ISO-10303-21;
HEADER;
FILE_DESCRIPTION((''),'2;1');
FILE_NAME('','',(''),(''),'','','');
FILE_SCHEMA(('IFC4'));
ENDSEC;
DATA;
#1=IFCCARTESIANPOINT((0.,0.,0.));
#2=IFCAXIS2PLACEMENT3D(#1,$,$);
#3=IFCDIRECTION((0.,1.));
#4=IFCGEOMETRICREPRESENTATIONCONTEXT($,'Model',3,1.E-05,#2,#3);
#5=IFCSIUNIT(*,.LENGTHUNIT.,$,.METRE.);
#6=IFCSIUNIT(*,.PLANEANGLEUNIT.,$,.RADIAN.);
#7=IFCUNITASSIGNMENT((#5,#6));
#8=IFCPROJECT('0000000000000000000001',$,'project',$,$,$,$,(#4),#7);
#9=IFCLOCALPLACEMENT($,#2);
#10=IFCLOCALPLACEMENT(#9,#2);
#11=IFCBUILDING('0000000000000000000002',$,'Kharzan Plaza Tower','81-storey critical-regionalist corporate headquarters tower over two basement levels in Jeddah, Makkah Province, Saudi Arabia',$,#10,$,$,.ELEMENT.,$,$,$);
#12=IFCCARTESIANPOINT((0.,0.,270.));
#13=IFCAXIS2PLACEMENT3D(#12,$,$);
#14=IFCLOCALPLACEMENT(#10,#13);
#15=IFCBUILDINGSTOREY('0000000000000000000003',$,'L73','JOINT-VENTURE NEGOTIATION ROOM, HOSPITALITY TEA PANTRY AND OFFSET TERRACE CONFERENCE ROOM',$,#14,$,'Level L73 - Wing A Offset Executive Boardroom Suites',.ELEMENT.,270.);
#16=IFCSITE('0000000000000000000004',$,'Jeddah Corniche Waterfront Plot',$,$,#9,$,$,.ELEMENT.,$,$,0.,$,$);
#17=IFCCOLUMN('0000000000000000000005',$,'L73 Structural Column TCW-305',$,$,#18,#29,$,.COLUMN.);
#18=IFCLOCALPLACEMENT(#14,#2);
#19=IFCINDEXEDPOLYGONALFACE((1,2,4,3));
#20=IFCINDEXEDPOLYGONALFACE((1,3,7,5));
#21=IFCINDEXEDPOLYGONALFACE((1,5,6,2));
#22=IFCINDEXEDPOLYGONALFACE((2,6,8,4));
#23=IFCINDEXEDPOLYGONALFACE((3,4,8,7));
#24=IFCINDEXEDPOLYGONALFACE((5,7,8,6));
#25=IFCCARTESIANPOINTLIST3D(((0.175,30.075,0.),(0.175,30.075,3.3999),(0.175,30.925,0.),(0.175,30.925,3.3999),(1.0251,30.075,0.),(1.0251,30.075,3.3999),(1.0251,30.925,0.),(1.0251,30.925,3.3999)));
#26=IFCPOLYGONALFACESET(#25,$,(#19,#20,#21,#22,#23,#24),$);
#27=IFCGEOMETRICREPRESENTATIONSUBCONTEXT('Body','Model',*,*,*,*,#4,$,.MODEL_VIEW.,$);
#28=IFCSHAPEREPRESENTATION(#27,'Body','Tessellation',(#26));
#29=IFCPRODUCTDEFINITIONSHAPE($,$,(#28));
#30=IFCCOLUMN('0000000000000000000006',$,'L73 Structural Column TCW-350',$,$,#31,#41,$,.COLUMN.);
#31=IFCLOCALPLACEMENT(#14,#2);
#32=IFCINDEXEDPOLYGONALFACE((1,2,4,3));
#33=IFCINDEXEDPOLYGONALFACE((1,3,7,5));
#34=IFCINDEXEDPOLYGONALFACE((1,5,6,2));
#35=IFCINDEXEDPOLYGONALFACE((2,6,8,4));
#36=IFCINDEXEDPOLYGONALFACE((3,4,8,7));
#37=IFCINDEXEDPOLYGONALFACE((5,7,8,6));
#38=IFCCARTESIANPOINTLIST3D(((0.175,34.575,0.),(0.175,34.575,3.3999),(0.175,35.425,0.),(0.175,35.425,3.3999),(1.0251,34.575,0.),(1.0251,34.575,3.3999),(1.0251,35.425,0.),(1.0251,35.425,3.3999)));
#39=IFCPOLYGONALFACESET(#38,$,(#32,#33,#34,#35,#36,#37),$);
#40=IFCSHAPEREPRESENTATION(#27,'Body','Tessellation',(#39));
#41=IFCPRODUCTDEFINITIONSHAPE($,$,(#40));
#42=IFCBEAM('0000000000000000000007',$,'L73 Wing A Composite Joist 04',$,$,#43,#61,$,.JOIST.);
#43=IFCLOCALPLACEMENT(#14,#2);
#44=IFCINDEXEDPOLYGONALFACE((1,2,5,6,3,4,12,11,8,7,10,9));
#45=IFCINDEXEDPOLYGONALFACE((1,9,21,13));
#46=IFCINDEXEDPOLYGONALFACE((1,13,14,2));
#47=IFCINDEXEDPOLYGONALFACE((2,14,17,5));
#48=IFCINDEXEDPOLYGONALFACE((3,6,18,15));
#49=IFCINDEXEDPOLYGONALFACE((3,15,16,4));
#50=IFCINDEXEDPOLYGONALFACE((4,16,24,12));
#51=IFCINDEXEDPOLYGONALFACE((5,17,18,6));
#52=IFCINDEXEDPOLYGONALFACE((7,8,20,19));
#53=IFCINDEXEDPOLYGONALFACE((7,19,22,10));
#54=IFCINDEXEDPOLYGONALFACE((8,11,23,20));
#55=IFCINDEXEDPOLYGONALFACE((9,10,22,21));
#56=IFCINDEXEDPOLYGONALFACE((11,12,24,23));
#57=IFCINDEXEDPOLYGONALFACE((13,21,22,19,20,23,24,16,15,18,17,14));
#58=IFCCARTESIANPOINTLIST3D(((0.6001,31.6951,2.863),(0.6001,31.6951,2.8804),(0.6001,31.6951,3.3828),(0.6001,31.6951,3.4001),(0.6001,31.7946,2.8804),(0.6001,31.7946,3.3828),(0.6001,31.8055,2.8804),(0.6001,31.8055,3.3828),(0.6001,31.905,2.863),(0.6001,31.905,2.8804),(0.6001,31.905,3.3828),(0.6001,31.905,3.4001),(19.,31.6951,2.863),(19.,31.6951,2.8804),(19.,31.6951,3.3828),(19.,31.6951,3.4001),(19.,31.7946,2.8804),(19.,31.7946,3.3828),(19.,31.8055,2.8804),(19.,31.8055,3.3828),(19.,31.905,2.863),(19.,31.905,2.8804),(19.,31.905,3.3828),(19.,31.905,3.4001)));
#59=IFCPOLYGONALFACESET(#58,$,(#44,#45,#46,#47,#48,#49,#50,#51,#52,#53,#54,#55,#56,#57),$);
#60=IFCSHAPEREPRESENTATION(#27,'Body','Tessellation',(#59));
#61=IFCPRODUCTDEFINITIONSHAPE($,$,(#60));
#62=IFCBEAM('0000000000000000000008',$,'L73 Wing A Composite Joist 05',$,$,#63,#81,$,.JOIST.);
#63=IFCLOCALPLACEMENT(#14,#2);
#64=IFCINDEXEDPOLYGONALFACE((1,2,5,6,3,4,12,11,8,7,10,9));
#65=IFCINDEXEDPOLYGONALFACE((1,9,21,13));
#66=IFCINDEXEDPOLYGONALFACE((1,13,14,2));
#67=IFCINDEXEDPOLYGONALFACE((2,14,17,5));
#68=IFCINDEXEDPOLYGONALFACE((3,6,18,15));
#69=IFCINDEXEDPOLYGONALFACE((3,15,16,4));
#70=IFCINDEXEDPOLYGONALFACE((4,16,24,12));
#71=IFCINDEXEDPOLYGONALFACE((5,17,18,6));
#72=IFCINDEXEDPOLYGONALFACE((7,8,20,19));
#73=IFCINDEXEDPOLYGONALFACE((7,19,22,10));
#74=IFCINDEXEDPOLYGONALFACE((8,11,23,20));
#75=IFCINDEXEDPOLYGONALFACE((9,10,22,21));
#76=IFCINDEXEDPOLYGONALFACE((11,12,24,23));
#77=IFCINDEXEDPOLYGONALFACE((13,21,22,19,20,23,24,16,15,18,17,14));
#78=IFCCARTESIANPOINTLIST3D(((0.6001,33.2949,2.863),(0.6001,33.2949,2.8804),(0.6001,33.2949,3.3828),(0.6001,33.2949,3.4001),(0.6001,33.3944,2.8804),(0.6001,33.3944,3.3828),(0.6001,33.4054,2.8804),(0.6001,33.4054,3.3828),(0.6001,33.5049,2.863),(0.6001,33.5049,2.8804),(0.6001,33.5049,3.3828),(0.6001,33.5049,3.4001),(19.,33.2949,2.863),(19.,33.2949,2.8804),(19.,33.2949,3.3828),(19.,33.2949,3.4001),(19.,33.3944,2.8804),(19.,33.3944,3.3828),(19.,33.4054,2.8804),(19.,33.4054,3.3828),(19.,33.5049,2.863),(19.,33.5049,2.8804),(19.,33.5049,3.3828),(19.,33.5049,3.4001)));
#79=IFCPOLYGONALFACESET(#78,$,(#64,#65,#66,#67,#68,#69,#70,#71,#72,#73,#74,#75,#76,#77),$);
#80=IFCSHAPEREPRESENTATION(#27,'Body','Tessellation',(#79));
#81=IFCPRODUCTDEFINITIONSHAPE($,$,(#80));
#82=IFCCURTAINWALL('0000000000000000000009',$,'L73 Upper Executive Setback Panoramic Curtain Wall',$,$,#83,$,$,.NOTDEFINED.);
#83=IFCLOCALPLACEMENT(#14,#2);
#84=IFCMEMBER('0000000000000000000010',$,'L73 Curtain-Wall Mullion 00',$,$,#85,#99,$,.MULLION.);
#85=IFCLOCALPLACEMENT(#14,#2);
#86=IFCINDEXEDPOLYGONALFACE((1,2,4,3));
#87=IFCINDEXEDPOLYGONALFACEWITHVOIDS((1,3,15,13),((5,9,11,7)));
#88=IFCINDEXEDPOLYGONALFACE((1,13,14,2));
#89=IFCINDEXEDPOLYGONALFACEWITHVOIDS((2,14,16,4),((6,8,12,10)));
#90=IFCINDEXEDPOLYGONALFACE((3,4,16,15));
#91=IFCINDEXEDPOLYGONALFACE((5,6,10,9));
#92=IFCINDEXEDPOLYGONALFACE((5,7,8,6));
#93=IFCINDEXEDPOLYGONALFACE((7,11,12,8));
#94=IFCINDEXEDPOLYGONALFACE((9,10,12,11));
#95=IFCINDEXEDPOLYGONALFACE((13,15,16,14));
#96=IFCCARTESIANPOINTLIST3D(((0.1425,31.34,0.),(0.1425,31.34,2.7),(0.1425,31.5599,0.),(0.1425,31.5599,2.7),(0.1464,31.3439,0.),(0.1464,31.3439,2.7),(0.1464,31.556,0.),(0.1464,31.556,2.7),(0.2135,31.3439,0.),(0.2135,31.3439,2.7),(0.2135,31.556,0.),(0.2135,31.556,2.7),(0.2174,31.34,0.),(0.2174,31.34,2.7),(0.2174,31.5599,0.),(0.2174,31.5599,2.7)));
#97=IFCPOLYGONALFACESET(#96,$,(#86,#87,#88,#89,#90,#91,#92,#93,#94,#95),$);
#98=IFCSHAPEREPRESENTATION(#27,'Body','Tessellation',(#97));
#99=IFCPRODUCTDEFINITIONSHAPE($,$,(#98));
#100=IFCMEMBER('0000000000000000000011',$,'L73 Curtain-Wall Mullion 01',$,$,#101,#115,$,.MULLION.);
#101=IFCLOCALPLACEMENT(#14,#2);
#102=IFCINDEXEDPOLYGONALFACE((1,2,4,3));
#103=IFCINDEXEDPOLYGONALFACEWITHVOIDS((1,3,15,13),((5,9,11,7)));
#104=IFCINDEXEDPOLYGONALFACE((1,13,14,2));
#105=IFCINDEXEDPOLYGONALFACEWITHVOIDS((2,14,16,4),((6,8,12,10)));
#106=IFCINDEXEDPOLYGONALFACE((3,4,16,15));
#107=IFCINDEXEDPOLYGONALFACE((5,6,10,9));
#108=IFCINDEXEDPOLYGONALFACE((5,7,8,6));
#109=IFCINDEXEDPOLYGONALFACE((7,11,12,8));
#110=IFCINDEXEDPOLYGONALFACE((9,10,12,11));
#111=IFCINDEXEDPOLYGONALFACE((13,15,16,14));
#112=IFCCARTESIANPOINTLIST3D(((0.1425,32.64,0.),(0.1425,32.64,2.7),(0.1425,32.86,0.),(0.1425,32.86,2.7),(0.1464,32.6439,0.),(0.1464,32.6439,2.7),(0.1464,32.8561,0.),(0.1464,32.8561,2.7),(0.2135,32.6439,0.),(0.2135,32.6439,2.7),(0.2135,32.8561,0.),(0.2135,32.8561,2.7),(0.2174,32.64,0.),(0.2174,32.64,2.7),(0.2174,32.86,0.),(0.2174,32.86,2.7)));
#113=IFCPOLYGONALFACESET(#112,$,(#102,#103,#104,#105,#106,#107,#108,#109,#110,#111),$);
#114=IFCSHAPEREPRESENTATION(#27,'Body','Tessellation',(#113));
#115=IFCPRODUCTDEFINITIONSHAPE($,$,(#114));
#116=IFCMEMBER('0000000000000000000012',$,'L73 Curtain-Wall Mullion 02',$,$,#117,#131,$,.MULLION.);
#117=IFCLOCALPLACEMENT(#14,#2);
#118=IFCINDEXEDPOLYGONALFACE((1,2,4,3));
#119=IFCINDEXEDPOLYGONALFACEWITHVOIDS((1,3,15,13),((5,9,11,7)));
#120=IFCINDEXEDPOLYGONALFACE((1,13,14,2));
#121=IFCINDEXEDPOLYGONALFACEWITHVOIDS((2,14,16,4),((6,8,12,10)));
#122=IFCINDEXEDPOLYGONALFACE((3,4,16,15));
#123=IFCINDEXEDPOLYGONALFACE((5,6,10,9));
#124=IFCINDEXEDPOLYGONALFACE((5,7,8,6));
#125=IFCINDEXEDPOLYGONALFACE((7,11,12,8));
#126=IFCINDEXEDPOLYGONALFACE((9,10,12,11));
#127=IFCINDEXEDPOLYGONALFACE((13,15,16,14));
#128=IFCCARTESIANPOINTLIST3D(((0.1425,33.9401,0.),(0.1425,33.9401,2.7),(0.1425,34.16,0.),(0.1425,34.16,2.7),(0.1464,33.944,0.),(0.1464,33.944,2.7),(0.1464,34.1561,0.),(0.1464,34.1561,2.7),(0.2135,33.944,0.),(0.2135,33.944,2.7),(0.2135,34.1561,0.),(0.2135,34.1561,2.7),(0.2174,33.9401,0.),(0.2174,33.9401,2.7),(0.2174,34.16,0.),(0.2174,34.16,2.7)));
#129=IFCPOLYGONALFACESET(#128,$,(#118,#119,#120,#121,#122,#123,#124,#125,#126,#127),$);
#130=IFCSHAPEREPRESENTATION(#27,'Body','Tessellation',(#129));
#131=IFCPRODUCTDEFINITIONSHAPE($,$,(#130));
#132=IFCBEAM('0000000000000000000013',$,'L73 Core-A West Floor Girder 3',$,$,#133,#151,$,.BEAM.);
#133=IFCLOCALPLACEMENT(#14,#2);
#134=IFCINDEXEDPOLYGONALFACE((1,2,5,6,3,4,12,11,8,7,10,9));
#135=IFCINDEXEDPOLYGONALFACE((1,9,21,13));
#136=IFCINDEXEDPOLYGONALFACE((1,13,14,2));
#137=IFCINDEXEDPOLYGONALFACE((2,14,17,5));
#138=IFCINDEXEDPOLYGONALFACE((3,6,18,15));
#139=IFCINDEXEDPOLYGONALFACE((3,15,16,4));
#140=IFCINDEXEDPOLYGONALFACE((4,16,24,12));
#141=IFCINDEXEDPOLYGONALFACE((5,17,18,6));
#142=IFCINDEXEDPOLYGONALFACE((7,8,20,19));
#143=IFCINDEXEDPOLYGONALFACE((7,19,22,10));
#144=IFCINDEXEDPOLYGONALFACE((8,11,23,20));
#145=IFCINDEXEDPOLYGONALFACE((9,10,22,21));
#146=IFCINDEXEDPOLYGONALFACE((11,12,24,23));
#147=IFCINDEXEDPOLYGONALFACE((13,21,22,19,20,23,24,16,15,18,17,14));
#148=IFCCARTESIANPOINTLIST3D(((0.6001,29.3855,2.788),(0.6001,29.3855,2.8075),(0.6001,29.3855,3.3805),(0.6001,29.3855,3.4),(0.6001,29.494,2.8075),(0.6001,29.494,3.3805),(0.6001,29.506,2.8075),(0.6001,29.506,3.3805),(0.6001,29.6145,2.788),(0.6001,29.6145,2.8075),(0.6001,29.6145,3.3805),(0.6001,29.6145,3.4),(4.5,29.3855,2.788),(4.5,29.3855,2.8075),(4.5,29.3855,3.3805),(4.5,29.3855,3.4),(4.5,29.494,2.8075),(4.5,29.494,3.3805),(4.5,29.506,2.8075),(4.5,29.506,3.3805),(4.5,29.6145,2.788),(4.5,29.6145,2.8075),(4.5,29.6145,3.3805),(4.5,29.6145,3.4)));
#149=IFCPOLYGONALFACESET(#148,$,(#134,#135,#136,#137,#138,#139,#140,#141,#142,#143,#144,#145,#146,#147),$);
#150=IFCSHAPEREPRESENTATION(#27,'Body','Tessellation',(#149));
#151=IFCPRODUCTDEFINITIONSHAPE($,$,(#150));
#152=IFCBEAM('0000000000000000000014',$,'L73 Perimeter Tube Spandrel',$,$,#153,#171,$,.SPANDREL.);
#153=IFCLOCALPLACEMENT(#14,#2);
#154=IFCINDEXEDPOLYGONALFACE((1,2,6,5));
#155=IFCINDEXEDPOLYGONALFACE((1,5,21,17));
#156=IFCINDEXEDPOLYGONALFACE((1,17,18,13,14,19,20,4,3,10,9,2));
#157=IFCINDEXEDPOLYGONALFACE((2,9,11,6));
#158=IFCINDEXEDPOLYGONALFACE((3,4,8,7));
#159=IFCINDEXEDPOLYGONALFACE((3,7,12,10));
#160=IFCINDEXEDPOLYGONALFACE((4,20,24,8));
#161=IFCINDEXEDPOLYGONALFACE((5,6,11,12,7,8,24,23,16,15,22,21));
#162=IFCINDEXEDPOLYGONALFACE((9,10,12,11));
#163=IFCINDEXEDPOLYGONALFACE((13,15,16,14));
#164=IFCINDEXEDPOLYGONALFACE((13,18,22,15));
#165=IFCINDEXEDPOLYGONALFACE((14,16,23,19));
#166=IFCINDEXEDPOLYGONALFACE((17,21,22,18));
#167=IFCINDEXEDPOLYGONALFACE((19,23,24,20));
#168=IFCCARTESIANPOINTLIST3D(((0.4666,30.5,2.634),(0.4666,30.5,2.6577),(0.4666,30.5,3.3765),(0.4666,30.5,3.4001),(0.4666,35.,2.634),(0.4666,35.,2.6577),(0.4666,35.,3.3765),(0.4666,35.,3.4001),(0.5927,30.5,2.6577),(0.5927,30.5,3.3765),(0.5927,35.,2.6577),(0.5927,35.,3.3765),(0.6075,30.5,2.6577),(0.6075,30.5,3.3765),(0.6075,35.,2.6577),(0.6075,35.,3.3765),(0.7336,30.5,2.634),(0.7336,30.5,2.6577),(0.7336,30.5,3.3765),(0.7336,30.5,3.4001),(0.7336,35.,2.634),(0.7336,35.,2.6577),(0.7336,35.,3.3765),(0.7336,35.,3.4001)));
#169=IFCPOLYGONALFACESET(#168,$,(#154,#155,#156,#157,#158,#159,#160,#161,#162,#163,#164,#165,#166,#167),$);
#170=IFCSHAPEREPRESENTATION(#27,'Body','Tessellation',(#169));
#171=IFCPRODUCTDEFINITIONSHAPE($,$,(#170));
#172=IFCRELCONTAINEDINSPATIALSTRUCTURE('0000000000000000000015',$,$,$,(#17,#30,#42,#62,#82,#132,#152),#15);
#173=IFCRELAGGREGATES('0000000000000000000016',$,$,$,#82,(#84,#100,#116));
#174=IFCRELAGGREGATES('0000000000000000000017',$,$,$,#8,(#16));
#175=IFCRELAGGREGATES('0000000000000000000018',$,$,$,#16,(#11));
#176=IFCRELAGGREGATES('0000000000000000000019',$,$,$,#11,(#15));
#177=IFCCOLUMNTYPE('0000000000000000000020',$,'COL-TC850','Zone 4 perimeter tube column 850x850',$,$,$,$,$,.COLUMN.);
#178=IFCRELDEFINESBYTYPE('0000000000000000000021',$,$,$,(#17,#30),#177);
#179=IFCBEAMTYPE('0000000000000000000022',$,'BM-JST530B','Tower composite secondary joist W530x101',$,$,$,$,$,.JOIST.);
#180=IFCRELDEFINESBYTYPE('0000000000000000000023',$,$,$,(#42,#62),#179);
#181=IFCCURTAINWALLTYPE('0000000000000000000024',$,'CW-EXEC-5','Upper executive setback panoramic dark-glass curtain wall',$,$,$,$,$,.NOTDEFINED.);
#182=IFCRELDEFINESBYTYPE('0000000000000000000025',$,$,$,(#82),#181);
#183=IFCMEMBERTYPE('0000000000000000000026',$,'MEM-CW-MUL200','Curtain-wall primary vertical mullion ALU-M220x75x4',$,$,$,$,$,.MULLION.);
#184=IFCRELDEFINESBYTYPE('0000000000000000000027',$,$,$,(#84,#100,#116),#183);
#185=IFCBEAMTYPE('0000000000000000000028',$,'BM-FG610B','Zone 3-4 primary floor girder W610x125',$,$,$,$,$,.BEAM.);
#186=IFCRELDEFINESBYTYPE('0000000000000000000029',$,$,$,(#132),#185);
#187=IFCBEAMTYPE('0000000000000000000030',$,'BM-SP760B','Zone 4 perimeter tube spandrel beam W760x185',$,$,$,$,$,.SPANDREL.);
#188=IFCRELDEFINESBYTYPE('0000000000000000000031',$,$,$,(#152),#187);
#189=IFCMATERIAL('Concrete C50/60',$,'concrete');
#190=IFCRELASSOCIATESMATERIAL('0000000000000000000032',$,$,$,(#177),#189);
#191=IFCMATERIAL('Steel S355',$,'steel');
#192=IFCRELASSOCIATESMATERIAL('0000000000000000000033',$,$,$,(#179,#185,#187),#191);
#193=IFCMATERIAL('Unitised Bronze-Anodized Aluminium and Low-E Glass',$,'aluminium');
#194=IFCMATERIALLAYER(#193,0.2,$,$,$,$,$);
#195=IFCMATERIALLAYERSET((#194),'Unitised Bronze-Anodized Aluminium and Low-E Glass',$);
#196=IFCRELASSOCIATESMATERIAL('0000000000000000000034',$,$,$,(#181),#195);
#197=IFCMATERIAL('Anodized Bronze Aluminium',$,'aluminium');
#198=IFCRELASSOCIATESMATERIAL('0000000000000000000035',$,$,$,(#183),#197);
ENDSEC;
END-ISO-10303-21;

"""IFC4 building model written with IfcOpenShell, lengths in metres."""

from ifc_helpers import new_model, si_unit, direction, frame, origin, origin_2d, place, context, subcontext, project, spatial, rectangle, hollow_rectangle, i_section, extrude, source, transform, mapped, material, layer, layer_set, material_profile, profile_set, type_object, element, aggregate, save


model = new_model("IFC4")

# Units and contexts
model_context = context("Model", 3, precision=1e-05, world=origin(), true_north=direction((0.0, 1.0)))
body_context = subcontext(model_context, "Body", "Model", "MODEL_VIEW")
ifc_project = project(units=[si_unit("LENGTHUNIT", "METRE"), si_unit("PLANEANGLEUNIT", "RADIAN")], contexts=[model_context])

# Site, building, storey
site_placement = place(None, origin())
site = spatial("IfcSite", under=ifc_project, at=site_placement, Name="Jeddah Corniche Waterfront Plot", CompositionType="ELEMENT", RefElevation=0.0)
building_placement = place(site_placement, origin())
building = spatial("IfcBuilding", under=site, at=building_placement, Name="Kharzan Plaza Tower", Description="81-storey critical-regionalist corporate headquarters tower over two basement levels in Jeddah, Makkah Province, Saudi Arabia", CompositionType="ELEMENT")
storey_placement = place(building_placement, frame((0.0, 0.0, 270.0)))
storey = spatial("IfcBuildingStorey", under=building, at=storey_placement, Name="L73", Description="JOINT-VENTURE NEGOTIATION ROOM, HOSPITALITY TEA PANTRY AND OFFSET TERRACE CONFERENCE ROOM", LongName="Level L73 - Wing A Offset Executive Boardroom Suites", CompositionType="ELEMENT", Elevation=270.0)

# Columns
ifc_material_1 = material(Name="Concrete C50/60", Category="concrete")
ifc_material_profile_1 = material_profile(ifc_material_1, rectangle(XDim=0.8501, YDim=0.8501, at=origin_2d()), Name="RC-TC850x850")
ifc_profile_set_1 = profile_set([ifc_material_profile_1], Name="Concrete C50/60")
column_type = type_object("IfcColumnType", Name="COL-TC850", Description="Zone 4 perimeter tube column 850x850", PredefinedType="COLUMN", material=ifc_profile_set_1)
shared_shape_1 = source(origin(), body_context, "Body", "SweptSolid", [
    extrude(rectangle(XDim=0.8501, YDim=0.8501, at=origin_2d()), origin(), (0.0, 0.0, 1.0), 3.3999),
])
for number, where, z_axis, x_axis, name in (
    (1, (0.6001, 30.5, 0.0), (0.0, 0.0, 1.0), (1.0, 0.0, 0.0), "L73 Structural Column TCW-305"),
    (2, (0.6001, 35.0, 0.0), (0.0, 0.0, 1.0), (1.0, 0.0, 0.0), "L73 Structural Column TCW-350"),
):
    element("IfcColumn", number, at=place(storey_placement, frame(where, z_axis=z_axis, x_axis=x_axis)), inside=storey, type_object=column_type, Name=name, PredefinedType="COLUMN", context=body_context, shape_type="MappedRepresentation", body=[
        mapped(shared_shape_1, transform((0.0, 0.0, 0.0), x_axis=(1.0, 0.0, 0.0), y_axis=(0.0, 1.0, 0.0), z_axis=(0.0, 0.0, 1.0))),
    ])

# Beams
ifc_material_2 = material(Name="Steel S355", Category="steel")
ifc_material_profile_2 = material_profile(ifc_material_2, i_section(OverallWidth=0.21, OverallDepth=0.5371, WebThickness=0.011, FlangeThickness=0.0173, at=origin_2d()), Name="W530x101")
ifc_profile_set_2 = profile_set([ifc_material_profile_2], Name="Steel S355")
beam_type_1 = type_object("IfcBeamType", Name="BM-JST530B", Description="Tower composite secondary joist W530x101", PredefinedType="JOIST", material=ifc_profile_set_2)
shared_shape_2 = source(origin(), body_context, "Body", "SweptSolid", [
    extrude(i_section(OverallWidth=0.21, OverallDepth=0.5371, WebThickness=0.011, FlangeThickness=0.0173, at=origin_2d()), origin(), (0.0, 0.0, 1.0), 18.3999),
])
for number, where, z_axis, x_axis, name in (
    (3, (0.6001, 31.8, 3.1316), (1.0, 0.0, 0.0), (0.0, 1.0, 0.0), "L73 Wing A Composite Joist 04"),
    (4, (0.6001, 33.3999, 3.1316), (1.0, 0.0, 0.0), (0.0, 1.0, 0.0), "L73 Wing A Composite Joist 05"),
):
    element("IfcBeam", number, at=place(storey_placement, frame(where, z_axis=z_axis, x_axis=x_axis)), inside=storey, type_object=beam_type_1, Name=name, PredefinedType="JOIST", context=body_context, shape_type="MappedRepresentation", body=[
        mapped(shared_shape_2, transform((0.0, 0.0, 0.0), x_axis=(1.0, 0.0, 0.0), y_axis=(0.0, 1.0, 0.0), z_axis=(0.0, 0.0, 1.0))),
    ])

# Curtain wall, members
ifc_material_3 = material(Name="Unitised Bronze-Anodized Aluminium and Low-E Glass", Category="aluminium")
ifc_layer_1 = layer(ifc_material_3, 0.2)
ifc_layer_set_1 = layer_set([ifc_layer_1], Name="Unitised Bronze-Anodized Aluminium and Low-E Glass")
curtain_wall_type = type_object("IfcCurtainWallType", Name="CW-EXEC-5", Description="Upper executive setback panoramic dark-glass curtain wall", PredefinedType="NOTDEFINED", material=ifc_layer_set_1)
curtain_wall_placement = place(storey_placement, origin())
curtain_wall = element("IfcCurtainWall", 5, at=curtain_wall_placement, inside=storey, type_object=curtain_wall_type, Name="L73 Upper Executive Setback Panoramic Curtain Wall", PredefinedType="NOTDEFINED")
ifc_material_4 = material(Name="Anodized Bronze Aluminium", Category="aluminium")
ifc_material_profile_3 = material_profile(ifc_material_4, hollow_rectangle(XDim=0.075, YDim=0.22, WallThickness=0.0039, at=origin_2d()), Name="ALU-M220x75x4")
ifc_profile_set_3 = profile_set([ifc_material_profile_3], Name="Anodized Bronze Aluminium")
member_type_1 = type_object("IfcMemberType", Name="MEM-CW-MUL200", Description="Curtain-wall primary vertical mullion ALU-M220x75x4", PredefinedType="MULLION", material=ifc_profile_set_3)
shared_shape_3 = source(origin(), body_context, "Body", "SweptSolid", [
    extrude(hollow_rectangle(XDim=0.075, YDim=0.22, WallThickness=0.0039, at=origin_2d()), origin(), (0.0, 0.0, 1.0), 2.7),
])
member_1_placement = place(storey_placement, frame((0.1799, 31.45, 0.0), z_axis=(0.0, 0.0, 1.0), x_axis=(1.0, 0.0, 0.0)))
member_1 = element("IfcMember", 6, at=member_1_placement, type_object=member_type_1, Name="L73 Curtain-Wall Mullion 00", PredefinedType="MULLION", context=body_context, shape_type="MappedRepresentation", body=[
    mapped(shared_shape_3, transform((0.0, 0.0, 0.0), x_axis=(1.0, 0.0, 0.0), y_axis=(0.0, 1.0, 0.0), z_axis=(0.0, 0.0, 1.0))),
])
member_2_placement = place(storey_placement, frame((0.1799, 32.75, 0.0), z_axis=(0.0, 0.0, 1.0), x_axis=(1.0, 0.0, 0.0)))
member_2 = element("IfcMember", 7, at=member_2_placement, type_object=member_type_1, Name="L73 Curtain-Wall Mullion 01", PredefinedType="MULLION", context=body_context, shape_type="MappedRepresentation", body=[
    mapped(shared_shape_3, transform((0.0, 0.0, 0.0), x_axis=(1.0, 0.0, 0.0), y_axis=(0.0, 1.0, 0.0), z_axis=(0.0, 0.0, 1.0))),
])
member_3_placement = place(storey_placement, frame((0.1799, 34.05, 0.0), z_axis=(0.0, 0.0, 1.0), x_axis=(1.0, 0.0, 0.0)))
member_3 = element("IfcMember", 8, at=member_3_placement, type_object=member_type_1, Name="L73 Curtain-Wall Mullion 02", PredefinedType="MULLION", context=body_context, shape_type="MappedRepresentation", body=[
    mapped(shared_shape_3, transform((0.0, 0.0, 0.0), x_axis=(1.0, 0.0, 0.0), y_axis=(0.0, 1.0, 0.0), z_axis=(0.0, 0.0, 1.0))),
])

# Beams
ifc_material_profile_4 = material_profile(ifc_material_2, i_section(OverallWidth=0.229, OverallDepth=0.6121, WebThickness=0.012, FlangeThickness=0.0195, at=origin_2d()), Name="W610x125")
ifc_profile_set_4 = profile_set([ifc_material_profile_4], Name="Steel S355")
beam_type_2 = type_object("IfcBeamType", Name="BM-FG610B", Description="Zone 3-4 primary floor girder W610x125", PredefinedType="BEAM", material=ifc_profile_set_4)
shared_shape_4 = source(origin(), body_context, "Body", "SweptSolid", [
    extrude(i_section(OverallWidth=0.229, OverallDepth=0.6121, WebThickness=0.012, FlangeThickness=0.0195, at=origin_2d()), origin(), (0.0, 0.0, 1.0), 3.8999),
])
beam_1_placement = place(storey_placement, frame((0.6001, 29.5, 3.094), z_axis=(1.0, 0.0, 0.0), x_axis=(0.0, 1.0, 0.0)))
element("IfcBeam", 9, at=beam_1_placement, inside=storey, type_object=beam_type_2, Name="L73 Core-A West Floor Girder 3", PredefinedType="BEAM", context=body_context, shape_type="MappedRepresentation", body=[
    mapped(shared_shape_4, transform((0.0, 0.0, 0.0), x_axis=(1.0, 0.0, 0.0), y_axis=(0.0, 1.0, 0.0), z_axis=(0.0, 0.0, 1.0))),
])
ifc_material_profile_5 = material_profile(ifc_material_2, i_section(OverallWidth=0.2671, OverallDepth=0.7661, WebThickness=0.0149, FlangeThickness=0.0237, at=origin_2d()), Name="W760x185")
ifc_profile_set_5 = profile_set([ifc_material_profile_5], Name="Steel S355")
beam_type_3 = type_object("IfcBeamType", Name="BM-SP760B", Description="Zone 4 perimeter tube spandrel beam W760x185", PredefinedType="SPANDREL", material=ifc_profile_set_5)
shared_shape_5 = source(origin(), body_context, "Body", "SweptSolid", [
    extrude(i_section(OverallWidth=0.2671, OverallDepth=0.7661, WebThickness=0.0149, FlangeThickness=0.0237, at=origin_2d()), origin(), (0.0, 0.0, 1.0), 4.5),
])
beam_2_placement = place(storey_placement, frame((0.6001, 30.5, 3.0171), z_axis=(0.0, 1.0, 0.0), x_axis=(-1.0, 0.0, 0.0)))
element("IfcBeam", 10, at=beam_2_placement, inside=storey, type_object=beam_type_3, Name="L73 Perimeter Tube Spandrel", PredefinedType="SPANDREL", context=body_context, shape_type="MappedRepresentation", body=[
    mapped(shared_shape_5, transform((0.0, 0.0, 0.0), x_axis=(1.0, 0.0, 0.0), y_axis=(0.0, 1.0, 0.0), z_axis=(0.0, 0.0, 1.0))),
])

aggregate(curtain_wall, [member_1, member_2, member_3])

save(model, "model.ifc")
